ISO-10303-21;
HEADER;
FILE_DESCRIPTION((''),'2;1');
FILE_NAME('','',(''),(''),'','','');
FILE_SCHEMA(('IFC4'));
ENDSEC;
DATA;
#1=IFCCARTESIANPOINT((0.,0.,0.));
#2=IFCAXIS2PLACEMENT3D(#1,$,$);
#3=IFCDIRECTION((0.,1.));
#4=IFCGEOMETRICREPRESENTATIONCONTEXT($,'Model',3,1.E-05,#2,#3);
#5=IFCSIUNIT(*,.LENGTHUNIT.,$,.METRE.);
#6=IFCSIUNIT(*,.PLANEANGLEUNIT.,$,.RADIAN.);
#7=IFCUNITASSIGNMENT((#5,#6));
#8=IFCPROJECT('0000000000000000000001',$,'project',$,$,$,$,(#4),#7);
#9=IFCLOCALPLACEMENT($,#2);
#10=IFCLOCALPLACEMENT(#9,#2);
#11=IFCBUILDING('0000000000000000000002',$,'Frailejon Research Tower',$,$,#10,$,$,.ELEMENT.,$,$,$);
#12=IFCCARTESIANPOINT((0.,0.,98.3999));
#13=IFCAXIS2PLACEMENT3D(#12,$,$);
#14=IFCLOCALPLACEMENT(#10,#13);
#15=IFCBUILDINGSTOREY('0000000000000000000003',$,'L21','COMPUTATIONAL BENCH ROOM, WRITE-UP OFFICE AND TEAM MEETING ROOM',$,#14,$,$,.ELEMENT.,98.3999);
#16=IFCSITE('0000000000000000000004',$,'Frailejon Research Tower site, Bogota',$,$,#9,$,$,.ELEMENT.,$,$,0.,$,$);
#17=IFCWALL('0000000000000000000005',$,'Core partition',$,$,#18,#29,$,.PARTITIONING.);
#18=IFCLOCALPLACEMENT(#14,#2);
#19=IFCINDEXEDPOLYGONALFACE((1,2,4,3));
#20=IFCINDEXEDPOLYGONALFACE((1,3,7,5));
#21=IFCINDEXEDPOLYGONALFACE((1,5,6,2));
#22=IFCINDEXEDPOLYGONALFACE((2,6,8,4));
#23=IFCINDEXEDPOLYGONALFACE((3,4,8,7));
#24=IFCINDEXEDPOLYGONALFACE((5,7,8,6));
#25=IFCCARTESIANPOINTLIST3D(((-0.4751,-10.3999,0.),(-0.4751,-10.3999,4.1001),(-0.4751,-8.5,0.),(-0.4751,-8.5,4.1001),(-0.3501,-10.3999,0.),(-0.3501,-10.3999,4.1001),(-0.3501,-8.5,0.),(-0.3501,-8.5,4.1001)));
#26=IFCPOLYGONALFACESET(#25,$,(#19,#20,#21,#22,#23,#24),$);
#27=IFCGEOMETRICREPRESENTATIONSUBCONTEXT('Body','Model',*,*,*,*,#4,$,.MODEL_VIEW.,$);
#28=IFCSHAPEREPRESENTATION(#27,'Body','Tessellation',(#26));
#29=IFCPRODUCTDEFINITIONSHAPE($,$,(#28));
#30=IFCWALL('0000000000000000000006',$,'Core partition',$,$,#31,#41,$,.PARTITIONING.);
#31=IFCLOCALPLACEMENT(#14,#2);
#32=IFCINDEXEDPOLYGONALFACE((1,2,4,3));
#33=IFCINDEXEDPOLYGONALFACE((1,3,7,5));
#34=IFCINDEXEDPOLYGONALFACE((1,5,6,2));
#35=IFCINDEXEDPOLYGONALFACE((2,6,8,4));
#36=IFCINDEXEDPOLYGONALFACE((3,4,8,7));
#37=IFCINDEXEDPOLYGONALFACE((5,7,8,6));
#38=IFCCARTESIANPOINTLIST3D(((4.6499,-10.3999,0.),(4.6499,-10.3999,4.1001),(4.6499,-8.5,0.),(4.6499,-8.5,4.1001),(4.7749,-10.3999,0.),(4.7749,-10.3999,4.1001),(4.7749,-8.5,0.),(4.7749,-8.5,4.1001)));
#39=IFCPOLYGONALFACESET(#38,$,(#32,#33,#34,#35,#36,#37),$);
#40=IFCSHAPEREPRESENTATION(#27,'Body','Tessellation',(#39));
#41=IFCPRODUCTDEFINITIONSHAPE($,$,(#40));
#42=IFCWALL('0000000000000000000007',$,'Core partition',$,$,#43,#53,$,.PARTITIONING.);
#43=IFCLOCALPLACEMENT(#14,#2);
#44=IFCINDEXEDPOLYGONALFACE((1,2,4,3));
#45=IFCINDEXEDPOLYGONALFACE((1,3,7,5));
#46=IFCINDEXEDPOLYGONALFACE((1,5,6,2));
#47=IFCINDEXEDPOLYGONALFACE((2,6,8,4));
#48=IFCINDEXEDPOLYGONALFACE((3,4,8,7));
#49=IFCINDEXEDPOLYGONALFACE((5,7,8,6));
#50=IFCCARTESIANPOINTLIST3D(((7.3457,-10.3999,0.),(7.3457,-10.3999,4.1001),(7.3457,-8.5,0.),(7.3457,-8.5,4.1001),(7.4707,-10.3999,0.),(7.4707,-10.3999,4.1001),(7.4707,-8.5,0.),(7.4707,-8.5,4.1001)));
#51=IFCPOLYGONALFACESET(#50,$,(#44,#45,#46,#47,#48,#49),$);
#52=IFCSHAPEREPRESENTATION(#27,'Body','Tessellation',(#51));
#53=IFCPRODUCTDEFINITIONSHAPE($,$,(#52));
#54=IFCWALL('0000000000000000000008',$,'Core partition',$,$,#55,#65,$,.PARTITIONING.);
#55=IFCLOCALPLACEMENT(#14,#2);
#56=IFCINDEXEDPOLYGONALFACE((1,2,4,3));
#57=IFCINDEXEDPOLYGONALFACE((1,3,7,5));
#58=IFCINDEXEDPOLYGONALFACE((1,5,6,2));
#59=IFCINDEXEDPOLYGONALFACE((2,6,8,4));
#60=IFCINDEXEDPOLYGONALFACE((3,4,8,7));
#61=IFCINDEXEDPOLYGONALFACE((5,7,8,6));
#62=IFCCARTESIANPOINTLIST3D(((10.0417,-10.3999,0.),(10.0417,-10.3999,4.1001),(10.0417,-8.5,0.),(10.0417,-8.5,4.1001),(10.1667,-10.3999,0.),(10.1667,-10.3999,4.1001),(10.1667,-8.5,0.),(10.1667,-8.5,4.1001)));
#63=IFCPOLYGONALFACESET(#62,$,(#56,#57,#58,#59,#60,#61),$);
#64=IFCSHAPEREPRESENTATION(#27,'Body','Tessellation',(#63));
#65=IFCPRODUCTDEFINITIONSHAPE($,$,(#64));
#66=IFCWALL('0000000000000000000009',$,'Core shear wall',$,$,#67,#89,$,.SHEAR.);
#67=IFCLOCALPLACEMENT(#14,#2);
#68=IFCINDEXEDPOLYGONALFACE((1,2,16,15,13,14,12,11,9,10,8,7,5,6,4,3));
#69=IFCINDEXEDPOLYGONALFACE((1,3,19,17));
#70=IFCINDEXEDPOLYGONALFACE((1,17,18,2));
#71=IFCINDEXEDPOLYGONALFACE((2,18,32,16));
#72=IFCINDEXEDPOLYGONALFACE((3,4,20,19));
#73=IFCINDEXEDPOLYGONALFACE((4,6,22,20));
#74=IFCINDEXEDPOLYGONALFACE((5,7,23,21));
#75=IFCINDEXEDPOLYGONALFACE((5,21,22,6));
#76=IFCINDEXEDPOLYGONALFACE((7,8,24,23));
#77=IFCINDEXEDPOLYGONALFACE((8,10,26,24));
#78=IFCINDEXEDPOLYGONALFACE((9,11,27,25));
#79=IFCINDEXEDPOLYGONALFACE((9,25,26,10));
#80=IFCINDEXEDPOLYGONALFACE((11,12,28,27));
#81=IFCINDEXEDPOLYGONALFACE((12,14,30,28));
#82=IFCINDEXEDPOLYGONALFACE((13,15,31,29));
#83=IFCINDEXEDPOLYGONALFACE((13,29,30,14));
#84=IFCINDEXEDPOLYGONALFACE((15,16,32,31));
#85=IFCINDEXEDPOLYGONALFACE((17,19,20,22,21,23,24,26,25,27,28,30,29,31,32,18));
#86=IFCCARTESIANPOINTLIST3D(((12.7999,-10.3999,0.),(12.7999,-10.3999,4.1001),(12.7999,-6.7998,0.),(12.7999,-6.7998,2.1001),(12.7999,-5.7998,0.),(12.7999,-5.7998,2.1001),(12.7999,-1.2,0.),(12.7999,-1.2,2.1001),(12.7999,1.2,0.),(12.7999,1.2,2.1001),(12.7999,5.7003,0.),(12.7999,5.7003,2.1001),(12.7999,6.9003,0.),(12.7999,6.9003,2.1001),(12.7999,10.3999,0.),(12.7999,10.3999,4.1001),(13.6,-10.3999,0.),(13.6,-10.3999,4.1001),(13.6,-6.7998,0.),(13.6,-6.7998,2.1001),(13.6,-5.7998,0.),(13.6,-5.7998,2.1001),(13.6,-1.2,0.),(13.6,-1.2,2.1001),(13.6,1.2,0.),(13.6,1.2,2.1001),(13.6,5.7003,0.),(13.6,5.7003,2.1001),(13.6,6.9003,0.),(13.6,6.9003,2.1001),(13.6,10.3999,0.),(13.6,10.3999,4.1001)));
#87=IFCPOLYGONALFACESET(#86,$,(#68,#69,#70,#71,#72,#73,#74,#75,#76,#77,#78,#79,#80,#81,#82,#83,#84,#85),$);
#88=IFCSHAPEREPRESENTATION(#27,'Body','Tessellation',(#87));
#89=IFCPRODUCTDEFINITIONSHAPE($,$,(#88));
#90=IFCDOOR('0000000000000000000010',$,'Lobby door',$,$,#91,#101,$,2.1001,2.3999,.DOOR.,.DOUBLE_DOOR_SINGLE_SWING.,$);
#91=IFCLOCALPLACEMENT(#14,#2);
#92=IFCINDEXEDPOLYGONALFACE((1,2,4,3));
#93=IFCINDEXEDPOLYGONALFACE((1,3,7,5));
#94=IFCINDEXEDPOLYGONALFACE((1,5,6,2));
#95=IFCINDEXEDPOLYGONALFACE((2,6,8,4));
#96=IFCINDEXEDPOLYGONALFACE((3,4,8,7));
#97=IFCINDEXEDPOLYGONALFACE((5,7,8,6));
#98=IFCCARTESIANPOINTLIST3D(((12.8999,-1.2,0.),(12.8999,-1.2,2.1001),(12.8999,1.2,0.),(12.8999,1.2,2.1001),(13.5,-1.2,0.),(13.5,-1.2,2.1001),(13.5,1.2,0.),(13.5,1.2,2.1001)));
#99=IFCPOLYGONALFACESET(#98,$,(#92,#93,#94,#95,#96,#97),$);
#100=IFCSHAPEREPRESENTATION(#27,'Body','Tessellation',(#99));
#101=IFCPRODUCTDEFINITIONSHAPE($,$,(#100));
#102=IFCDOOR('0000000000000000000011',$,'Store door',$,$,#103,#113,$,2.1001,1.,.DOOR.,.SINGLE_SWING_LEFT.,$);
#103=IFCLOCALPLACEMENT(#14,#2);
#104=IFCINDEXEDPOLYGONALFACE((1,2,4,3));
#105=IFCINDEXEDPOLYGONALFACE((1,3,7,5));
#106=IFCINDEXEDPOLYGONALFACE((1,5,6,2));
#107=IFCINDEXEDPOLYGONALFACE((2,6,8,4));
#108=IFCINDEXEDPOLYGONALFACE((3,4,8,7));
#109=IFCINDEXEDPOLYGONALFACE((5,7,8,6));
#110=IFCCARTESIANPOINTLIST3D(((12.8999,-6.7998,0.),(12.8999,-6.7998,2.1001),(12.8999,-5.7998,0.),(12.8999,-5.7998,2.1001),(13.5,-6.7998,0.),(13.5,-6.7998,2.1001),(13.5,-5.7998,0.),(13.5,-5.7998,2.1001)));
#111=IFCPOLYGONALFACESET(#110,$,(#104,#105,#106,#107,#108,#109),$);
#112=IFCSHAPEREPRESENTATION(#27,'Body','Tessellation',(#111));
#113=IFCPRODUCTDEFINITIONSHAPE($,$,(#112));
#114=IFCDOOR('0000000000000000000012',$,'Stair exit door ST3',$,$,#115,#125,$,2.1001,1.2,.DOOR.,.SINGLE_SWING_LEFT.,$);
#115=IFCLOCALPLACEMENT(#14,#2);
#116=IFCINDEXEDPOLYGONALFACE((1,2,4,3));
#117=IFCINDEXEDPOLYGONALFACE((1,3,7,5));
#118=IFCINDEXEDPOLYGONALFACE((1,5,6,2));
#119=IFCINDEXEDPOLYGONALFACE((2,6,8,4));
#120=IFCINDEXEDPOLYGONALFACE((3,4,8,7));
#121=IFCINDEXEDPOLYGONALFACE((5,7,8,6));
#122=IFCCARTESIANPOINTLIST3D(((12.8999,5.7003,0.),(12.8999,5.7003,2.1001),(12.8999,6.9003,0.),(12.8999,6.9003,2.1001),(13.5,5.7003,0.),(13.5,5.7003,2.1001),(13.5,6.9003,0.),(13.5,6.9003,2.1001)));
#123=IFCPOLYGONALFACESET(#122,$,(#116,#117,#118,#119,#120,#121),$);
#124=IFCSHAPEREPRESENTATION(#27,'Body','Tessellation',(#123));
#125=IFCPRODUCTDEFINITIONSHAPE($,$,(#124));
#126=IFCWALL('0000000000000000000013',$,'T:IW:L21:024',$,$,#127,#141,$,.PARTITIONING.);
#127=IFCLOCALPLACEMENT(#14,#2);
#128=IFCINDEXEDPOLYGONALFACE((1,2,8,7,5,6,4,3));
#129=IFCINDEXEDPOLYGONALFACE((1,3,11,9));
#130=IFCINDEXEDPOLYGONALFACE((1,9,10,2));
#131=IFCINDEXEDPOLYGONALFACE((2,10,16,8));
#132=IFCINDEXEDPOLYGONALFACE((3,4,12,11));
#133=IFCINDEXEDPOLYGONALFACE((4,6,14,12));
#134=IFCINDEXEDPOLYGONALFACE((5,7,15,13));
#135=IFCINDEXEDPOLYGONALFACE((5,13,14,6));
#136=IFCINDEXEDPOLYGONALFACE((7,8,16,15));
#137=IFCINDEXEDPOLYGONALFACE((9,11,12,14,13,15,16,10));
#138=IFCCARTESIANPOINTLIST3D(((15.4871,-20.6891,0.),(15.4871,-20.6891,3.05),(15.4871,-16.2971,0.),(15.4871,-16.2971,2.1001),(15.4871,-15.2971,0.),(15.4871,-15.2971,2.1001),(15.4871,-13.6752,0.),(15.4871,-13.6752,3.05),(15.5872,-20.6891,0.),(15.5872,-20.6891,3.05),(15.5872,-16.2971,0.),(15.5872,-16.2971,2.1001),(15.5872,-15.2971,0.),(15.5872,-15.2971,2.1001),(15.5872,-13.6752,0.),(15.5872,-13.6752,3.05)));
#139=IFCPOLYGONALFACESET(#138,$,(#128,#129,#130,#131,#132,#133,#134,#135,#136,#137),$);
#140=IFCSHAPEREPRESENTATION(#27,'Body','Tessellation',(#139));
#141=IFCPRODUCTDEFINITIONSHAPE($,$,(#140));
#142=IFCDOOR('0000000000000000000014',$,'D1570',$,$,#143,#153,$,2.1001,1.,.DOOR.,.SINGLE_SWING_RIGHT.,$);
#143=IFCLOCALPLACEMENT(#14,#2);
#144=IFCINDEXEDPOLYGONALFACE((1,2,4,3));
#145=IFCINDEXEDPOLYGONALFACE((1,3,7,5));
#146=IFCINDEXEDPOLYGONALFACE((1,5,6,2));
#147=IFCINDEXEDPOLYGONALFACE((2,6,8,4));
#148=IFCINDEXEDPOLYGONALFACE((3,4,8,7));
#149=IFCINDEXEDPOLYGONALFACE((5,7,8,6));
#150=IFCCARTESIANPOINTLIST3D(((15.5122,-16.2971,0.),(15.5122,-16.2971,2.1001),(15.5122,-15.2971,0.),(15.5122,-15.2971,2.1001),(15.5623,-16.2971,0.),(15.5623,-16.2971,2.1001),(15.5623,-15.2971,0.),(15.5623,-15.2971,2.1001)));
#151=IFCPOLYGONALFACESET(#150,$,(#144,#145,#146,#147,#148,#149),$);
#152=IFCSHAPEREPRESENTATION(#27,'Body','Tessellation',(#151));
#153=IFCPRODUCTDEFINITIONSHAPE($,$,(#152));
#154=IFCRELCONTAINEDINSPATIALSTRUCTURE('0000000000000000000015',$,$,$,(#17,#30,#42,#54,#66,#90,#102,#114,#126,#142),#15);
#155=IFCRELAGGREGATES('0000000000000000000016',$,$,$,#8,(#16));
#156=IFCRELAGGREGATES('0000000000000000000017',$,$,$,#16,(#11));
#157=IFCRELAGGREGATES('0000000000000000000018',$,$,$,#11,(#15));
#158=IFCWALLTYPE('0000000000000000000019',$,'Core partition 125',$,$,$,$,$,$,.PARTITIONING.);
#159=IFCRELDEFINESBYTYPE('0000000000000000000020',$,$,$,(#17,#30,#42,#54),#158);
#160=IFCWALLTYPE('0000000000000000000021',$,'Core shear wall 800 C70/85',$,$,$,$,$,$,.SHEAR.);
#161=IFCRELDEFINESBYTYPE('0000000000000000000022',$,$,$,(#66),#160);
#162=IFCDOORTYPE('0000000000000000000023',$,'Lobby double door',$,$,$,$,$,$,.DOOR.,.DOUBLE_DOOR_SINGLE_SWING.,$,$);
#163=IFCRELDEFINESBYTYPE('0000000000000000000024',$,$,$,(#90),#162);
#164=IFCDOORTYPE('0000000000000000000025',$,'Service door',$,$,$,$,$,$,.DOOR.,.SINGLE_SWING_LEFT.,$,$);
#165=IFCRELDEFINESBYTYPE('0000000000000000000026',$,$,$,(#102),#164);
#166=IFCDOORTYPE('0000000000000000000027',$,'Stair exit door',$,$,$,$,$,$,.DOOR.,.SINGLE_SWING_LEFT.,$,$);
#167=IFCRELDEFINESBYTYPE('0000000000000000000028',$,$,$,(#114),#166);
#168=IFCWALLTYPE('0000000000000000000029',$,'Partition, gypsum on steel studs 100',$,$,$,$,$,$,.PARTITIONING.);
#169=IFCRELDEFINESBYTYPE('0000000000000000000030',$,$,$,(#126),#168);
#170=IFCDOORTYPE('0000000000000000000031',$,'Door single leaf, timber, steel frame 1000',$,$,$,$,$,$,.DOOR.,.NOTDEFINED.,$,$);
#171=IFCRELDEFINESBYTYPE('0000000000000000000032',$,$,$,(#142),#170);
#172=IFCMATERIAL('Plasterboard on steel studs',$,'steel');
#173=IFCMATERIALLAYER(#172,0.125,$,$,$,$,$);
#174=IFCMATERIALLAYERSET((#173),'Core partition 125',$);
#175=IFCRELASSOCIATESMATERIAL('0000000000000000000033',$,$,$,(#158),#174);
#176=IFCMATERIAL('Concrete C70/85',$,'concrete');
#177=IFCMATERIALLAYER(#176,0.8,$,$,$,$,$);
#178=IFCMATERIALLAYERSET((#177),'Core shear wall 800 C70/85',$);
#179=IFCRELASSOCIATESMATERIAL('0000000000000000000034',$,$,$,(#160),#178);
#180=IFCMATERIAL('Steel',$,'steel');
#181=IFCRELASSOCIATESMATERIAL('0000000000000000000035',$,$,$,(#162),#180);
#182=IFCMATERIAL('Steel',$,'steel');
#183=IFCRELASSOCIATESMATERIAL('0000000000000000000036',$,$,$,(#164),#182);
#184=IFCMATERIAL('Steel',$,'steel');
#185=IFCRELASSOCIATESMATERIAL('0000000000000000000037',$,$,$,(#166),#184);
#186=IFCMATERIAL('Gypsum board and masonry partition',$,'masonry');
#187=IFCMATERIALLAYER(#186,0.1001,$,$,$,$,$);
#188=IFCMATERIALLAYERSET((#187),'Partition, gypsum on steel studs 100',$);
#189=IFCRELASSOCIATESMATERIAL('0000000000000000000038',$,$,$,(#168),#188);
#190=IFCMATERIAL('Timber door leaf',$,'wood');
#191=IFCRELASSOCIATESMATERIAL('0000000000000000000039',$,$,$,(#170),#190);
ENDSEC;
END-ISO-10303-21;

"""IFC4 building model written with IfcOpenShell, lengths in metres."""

from ifc_helpers import new_model, si_unit, direction, frame, frame_2d, origin, place, context, subcontext, project, spatial, rectangle, extrude, material, layer, layer_set, type_object, element, fill, save


model = new_model("IFC4")

# Units and contexts
model_context = context("Model", 3, precision=1e-05, world=origin(), true_north=direction((0.0, 1.0)))
body_context = subcontext(model_context, "Body", "Model", "MODEL_VIEW")
ifc_project = project(units=[si_unit("LENGTHUNIT", "METRE"), si_unit("PLANEANGLEUNIT", "RADIAN")], contexts=[model_context])

# Site, building, storey
site_placement = place(None, origin())
site = spatial("IfcSite", under=ifc_project, at=site_placement, Name="Frailejon Research Tower site, Bogota", CompositionType="ELEMENT", RefElevation=0.0)
building_placement = place(site_placement, origin())
building = spatial("IfcBuilding", under=site, at=building_placement, Name="Frailejon Research Tower", CompositionType="ELEMENT")
storey_placement = place(building_placement, frame((0.0, 0.0, 98.3999)))
storey = spatial("IfcBuildingStorey", under=building, at=storey_placement, Name="L21", Description="COMPUTATIONAL BENCH ROOM, WRITE-UP OFFICE AND TEAM MEETING ROOM", CompositionType="ELEMENT", Elevation=98.3999)

# Walls
ifc_material_1 = material(Name="Plasterboard on steel studs", Category="steel")
ifc_layer_1 = layer(ifc_material_1, 0.125)
ifc_layer_set_1 = layer_set([ifc_layer_1], Name="Core partition 125")
wall_type_1 = type_object("IfcWallType", Name="Core partition 125", PredefinedType="PARTITIONING", material=ifc_layer_set_1)
for number, where, z_axis, x_axis, name in (
    (1, (-0.4126, -10.3999, 0.0), (0.0, 0.0, 1.0), (0.0, 1.0, 0.0), "Core partition"),
    (2, (4.7124, -10.3999, 0.0), (0.0, 0.0, 1.0), (0.0, 1.0, 0.0), "Core partition"),
    (3, (7.4082, -10.3999, 0.0), (0.0, 0.0, 1.0), (0.0, 1.0, 0.0), "Core partition"),
    (4, (10.1042, -10.3999, 0.0), (0.0, 0.0, 1.0), (0.0, 1.0, 0.0), "Core partition"),
):
    element("IfcWall", number, at=place(storey_placement, frame(where, z_axis=z_axis, x_axis=x_axis)), inside=storey, type_object=wall_type_1, Name=name, PredefinedType="PARTITIONING", context=body_context, shape_type="SweptSolid", body=[
        extrude(rectangle(XDim=1.8999, YDim=0.125, at=frame_2d((0.95, 0.0))), origin(), (0.0, 0.0, 1.0), 4.1001),
    ])

# Wall, openings, doors
ifc_material_2 = material(Name="Concrete C70/85", Category="concrete")
ifc_layer_2 = layer(ifc_material_2, 0.8)
ifc_layer_set_2 = layer_set([ifc_layer_2], Name="Core shear wall 800 C70/85")
wall_type_2 = type_object("IfcWallType", Name="Core shear wall 800 C70/85", PredefinedType="SHEAR", material=ifc_layer_set_2)
wall_1_placement = place(storey_placement, frame((13.2, -10.3999, 0.0), z_axis=(0.0, 0.0, 1.0), x_axis=(0.0, 1.0, 0.0)))
wall_1 = element("IfcWall", 5, at=wall_1_placement, inside=storey, type_object=wall_type_2, Name="Core shear wall", PredefinedType="SHEAR", context=body_context, shape_type="SweptSolid", body=[
    extrude(rectangle(XDim=20.7998, YDim=0.8, at=frame_2d((10.3999, 0.0))), origin(), (0.0, 0.0, 1.0), 4.1001),
])
opening_1_placement = place(wall_1_placement, frame((9.2, 0.0, 0.0)))
opening_1 = element("IfcOpeningElement", 6, at=opening_1_placement, cuts=wall_1, PredefinedType="OPENING", context=body_context, shape_type="SweptSolid", body=[
    extrude(rectangle(XDim=2.3999, YDim=2.1001, at=frame_2d((1.2, 1.05))), frame((0.0, 0.4099, 0.0), z_axis=(0.0, -1.0, 0.0), x_axis=(1.0, 0.0, 0.0)), (0.0, 0.0, 1.0), 0.8201),
])
opening_2_placement = place(wall_1_placement, frame((16.1001, 0.0, 0.0)))
opening_2 = element("IfcOpeningElement", 7, at=opening_2_placement, cuts=wall_1, PredefinedType="OPENING", context=body_context, shape_type="SweptSolid", body=[
    extrude(rectangle(XDim=1.2, YDim=2.1001, at=frame_2d((0.6001, 1.05))), frame((0.0, 0.4099, 0.0), z_axis=(0.0, -1.0, 0.0), x_axis=(1.0, 0.0, 0.0)), (0.0, 0.0, 1.0), 0.8201),
])
opening_3_placement = place(wall_1_placement, frame((3.6001, 0.0, 0.0)))
opening_3 = element("IfcOpeningElement", 8, at=opening_3_placement, cuts=wall_1, PredefinedType="OPENING", context=body_context, shape_type="SweptSolid", body=[
    extrude(rectangle(XDim=1.0, YDim=2.1001, at=frame_2d((0.5, 1.05))), frame((0.0, 0.4099, 0.0), z_axis=(0.0, -1.0, 0.0), x_axis=(1.0, 0.0, 0.0)), (0.0, 0.0, 1.0), 0.8201),
])
ifc_material_3 = material(Name="Steel", Category="steel")
door_type_1 = type_object("IfcDoorType", Name="Lobby double door", OperationType="DOUBLE_DOOR_SINGLE_SWING", PredefinedType="DOOR", material=ifc_material_3)
door_1_placement = place(opening_1_placement, origin())
door_1 = element("IfcDoor", 9, at=door_1_placement, inside=storey, type_object=door_type_1, Name="Lobby door", OperationType="DOUBLE_DOOR_SINGLE_SWING", OverallHeight=2.1001, OverallWidth=2.3999, PredefinedType="DOOR", context=body_context, shape_type="SweptSolid", body=[
    extrude(rectangle(XDim=2.3999, YDim=2.1001, at=frame_2d((1.2, 1.05))), frame((0.0, 0.3, 0.0), z_axis=(0.0, -1.0, 0.0), x_axis=(1.0, 0.0, 0.0)), (0.0, 0.0, 1.0), 0.6001),
])
fill(opening_1, door_1)
ifc_material_4 = material(Name="Steel", Category="steel")
door_type_2 = type_object("IfcDoorType", Name="Service door", OperationType="SINGLE_SWING_LEFT", PredefinedType="DOOR", material=ifc_material_4)
door_2_placement = place(opening_3_placement, origin())
door_2 = element("IfcDoor", 10, at=door_2_placement, inside=storey, type_object=door_type_2, Name="Store door", OperationType="SINGLE_SWING_LEFT", OverallHeight=2.1001, OverallWidth=1.0, PredefinedType="DOOR", context=body_context, shape_type="SweptSolid", body=[
    extrude(rectangle(XDim=1.0, YDim=2.1001, at=frame_2d((0.5, 1.05))), frame((0.0, 0.3, 0.0), z_axis=(0.0, -1.0, 0.0), x_axis=(1.0, 0.0, 0.0)), (0.0, 0.0, 1.0), 0.6001),
])
fill(opening_3, door_2)
ifc_material_5 = material(Name="Steel", Category="steel")
door_type_3 = type_object("IfcDoorType", Name="Stair exit door", OperationType="SINGLE_SWING_LEFT", PredefinedType="DOOR", material=ifc_material_5)
door_3_placement = place(opening_2_placement, origin())
door_3 = element("IfcDoor", 11, at=door_3_placement, inside=storey, type_object=door_type_3, Name="Stair exit door ST3", OperationType="SINGLE_SWING_LEFT", OverallHeight=2.1001, OverallWidth=1.2, PredefinedType="DOOR", context=body_context, shape_type="SweptSolid", body=[
    extrude(rectangle(XDim=1.2, YDim=2.1001, at=frame_2d((0.6001, 1.05))), frame((0.0, 0.3, 0.0), z_axis=(0.0, -1.0, 0.0), x_axis=(1.0, 0.0, 0.0)), (0.0, 0.0, 1.0), 0.6001),
])
fill(opening_2, door_3)

# Wall, opening, door
ifc_material_6 = material(Name="Gypsum board and masonry partition", Category="masonry")
ifc_layer_3 = layer(ifc_material_6, 0.1001)
ifc_layer_set_3 = layer_set([ifc_layer_3], Name="Partition, gypsum on steel studs 100")
wall_type_3 = type_object("IfcWallType", Name="Partition, gypsum on steel studs 100", PredefinedType="PARTITIONING", material=ifc_layer_set_3)
wall_2_placement = place(storey_placement, frame((15.5371, -20.689, 0.0), z_axis=(0.0, 0.0, 1.0), x_axis=(0.0, 1.0, 0.0)))
wall_2 = element("IfcWall", 12, at=wall_2_placement, inside=storey, type_object=wall_type_3, Name="T:IW:L21:024", PredefinedType="PARTITIONING", context=body_context, shape_type="SweptSolid", body=[
    extrude(rectangle(XDim=7.0139, YDim=0.1001, at=frame_2d((3.5068, 0.0))), origin(), (0.0, 0.0, 1.0), 3.05),
])
opening_4_placement = place(wall_2_placement, frame((4.3918, 0.0, 0.0)))
opening_4 = element("IfcOpeningElement", 13, at=opening_4_placement, cuts=wall_2, PredefinedType="OPENING", context=body_context, shape_type="SweptSolid", body=[
    extrude(rectangle(XDim=1.0, YDim=2.1001, at=frame_2d((0.5, 1.05))), frame((0.0, 0.0601, 0.0), z_axis=(0.0, -1.0, 0.0), x_axis=(1.0, 0.0, 0.0)), (0.0, 0.0, 1.0), 0.1201),
])
ifc_material_7 = material(Name="Timber door leaf", Category="wood")
door_type_4 = type_object("IfcDoorType", Name="Door single leaf, timber, steel frame 1000", OperationType="NOTDEFINED", PredefinedType="DOOR", material=ifc_material_7)
door_4_placement = place(opening_4_placement, origin())
door_4 = element("IfcDoor", 14, at=door_4_placement, inside=storey, type_object=door_type_4, Name="D1570", OperationType="SINGLE_SWING_RIGHT", OverallHeight=2.1001, OverallWidth=1.0, PredefinedType="DOOR", context=body_context, shape_type="SweptSolid", body=[
    extrude(rectangle(XDim=1.0, YDim=2.1001, at=frame_2d((0.5, 1.05))), frame((0.0, 0.0249, 0.0), z_axis=(0.0, -1.0, 0.0), x_axis=(1.0, 0.0, 0.0)), (0.0, 0.0, 1.0), 0.05),
])
fill(opening_4, door_4)

save(model, "model.ifc")
